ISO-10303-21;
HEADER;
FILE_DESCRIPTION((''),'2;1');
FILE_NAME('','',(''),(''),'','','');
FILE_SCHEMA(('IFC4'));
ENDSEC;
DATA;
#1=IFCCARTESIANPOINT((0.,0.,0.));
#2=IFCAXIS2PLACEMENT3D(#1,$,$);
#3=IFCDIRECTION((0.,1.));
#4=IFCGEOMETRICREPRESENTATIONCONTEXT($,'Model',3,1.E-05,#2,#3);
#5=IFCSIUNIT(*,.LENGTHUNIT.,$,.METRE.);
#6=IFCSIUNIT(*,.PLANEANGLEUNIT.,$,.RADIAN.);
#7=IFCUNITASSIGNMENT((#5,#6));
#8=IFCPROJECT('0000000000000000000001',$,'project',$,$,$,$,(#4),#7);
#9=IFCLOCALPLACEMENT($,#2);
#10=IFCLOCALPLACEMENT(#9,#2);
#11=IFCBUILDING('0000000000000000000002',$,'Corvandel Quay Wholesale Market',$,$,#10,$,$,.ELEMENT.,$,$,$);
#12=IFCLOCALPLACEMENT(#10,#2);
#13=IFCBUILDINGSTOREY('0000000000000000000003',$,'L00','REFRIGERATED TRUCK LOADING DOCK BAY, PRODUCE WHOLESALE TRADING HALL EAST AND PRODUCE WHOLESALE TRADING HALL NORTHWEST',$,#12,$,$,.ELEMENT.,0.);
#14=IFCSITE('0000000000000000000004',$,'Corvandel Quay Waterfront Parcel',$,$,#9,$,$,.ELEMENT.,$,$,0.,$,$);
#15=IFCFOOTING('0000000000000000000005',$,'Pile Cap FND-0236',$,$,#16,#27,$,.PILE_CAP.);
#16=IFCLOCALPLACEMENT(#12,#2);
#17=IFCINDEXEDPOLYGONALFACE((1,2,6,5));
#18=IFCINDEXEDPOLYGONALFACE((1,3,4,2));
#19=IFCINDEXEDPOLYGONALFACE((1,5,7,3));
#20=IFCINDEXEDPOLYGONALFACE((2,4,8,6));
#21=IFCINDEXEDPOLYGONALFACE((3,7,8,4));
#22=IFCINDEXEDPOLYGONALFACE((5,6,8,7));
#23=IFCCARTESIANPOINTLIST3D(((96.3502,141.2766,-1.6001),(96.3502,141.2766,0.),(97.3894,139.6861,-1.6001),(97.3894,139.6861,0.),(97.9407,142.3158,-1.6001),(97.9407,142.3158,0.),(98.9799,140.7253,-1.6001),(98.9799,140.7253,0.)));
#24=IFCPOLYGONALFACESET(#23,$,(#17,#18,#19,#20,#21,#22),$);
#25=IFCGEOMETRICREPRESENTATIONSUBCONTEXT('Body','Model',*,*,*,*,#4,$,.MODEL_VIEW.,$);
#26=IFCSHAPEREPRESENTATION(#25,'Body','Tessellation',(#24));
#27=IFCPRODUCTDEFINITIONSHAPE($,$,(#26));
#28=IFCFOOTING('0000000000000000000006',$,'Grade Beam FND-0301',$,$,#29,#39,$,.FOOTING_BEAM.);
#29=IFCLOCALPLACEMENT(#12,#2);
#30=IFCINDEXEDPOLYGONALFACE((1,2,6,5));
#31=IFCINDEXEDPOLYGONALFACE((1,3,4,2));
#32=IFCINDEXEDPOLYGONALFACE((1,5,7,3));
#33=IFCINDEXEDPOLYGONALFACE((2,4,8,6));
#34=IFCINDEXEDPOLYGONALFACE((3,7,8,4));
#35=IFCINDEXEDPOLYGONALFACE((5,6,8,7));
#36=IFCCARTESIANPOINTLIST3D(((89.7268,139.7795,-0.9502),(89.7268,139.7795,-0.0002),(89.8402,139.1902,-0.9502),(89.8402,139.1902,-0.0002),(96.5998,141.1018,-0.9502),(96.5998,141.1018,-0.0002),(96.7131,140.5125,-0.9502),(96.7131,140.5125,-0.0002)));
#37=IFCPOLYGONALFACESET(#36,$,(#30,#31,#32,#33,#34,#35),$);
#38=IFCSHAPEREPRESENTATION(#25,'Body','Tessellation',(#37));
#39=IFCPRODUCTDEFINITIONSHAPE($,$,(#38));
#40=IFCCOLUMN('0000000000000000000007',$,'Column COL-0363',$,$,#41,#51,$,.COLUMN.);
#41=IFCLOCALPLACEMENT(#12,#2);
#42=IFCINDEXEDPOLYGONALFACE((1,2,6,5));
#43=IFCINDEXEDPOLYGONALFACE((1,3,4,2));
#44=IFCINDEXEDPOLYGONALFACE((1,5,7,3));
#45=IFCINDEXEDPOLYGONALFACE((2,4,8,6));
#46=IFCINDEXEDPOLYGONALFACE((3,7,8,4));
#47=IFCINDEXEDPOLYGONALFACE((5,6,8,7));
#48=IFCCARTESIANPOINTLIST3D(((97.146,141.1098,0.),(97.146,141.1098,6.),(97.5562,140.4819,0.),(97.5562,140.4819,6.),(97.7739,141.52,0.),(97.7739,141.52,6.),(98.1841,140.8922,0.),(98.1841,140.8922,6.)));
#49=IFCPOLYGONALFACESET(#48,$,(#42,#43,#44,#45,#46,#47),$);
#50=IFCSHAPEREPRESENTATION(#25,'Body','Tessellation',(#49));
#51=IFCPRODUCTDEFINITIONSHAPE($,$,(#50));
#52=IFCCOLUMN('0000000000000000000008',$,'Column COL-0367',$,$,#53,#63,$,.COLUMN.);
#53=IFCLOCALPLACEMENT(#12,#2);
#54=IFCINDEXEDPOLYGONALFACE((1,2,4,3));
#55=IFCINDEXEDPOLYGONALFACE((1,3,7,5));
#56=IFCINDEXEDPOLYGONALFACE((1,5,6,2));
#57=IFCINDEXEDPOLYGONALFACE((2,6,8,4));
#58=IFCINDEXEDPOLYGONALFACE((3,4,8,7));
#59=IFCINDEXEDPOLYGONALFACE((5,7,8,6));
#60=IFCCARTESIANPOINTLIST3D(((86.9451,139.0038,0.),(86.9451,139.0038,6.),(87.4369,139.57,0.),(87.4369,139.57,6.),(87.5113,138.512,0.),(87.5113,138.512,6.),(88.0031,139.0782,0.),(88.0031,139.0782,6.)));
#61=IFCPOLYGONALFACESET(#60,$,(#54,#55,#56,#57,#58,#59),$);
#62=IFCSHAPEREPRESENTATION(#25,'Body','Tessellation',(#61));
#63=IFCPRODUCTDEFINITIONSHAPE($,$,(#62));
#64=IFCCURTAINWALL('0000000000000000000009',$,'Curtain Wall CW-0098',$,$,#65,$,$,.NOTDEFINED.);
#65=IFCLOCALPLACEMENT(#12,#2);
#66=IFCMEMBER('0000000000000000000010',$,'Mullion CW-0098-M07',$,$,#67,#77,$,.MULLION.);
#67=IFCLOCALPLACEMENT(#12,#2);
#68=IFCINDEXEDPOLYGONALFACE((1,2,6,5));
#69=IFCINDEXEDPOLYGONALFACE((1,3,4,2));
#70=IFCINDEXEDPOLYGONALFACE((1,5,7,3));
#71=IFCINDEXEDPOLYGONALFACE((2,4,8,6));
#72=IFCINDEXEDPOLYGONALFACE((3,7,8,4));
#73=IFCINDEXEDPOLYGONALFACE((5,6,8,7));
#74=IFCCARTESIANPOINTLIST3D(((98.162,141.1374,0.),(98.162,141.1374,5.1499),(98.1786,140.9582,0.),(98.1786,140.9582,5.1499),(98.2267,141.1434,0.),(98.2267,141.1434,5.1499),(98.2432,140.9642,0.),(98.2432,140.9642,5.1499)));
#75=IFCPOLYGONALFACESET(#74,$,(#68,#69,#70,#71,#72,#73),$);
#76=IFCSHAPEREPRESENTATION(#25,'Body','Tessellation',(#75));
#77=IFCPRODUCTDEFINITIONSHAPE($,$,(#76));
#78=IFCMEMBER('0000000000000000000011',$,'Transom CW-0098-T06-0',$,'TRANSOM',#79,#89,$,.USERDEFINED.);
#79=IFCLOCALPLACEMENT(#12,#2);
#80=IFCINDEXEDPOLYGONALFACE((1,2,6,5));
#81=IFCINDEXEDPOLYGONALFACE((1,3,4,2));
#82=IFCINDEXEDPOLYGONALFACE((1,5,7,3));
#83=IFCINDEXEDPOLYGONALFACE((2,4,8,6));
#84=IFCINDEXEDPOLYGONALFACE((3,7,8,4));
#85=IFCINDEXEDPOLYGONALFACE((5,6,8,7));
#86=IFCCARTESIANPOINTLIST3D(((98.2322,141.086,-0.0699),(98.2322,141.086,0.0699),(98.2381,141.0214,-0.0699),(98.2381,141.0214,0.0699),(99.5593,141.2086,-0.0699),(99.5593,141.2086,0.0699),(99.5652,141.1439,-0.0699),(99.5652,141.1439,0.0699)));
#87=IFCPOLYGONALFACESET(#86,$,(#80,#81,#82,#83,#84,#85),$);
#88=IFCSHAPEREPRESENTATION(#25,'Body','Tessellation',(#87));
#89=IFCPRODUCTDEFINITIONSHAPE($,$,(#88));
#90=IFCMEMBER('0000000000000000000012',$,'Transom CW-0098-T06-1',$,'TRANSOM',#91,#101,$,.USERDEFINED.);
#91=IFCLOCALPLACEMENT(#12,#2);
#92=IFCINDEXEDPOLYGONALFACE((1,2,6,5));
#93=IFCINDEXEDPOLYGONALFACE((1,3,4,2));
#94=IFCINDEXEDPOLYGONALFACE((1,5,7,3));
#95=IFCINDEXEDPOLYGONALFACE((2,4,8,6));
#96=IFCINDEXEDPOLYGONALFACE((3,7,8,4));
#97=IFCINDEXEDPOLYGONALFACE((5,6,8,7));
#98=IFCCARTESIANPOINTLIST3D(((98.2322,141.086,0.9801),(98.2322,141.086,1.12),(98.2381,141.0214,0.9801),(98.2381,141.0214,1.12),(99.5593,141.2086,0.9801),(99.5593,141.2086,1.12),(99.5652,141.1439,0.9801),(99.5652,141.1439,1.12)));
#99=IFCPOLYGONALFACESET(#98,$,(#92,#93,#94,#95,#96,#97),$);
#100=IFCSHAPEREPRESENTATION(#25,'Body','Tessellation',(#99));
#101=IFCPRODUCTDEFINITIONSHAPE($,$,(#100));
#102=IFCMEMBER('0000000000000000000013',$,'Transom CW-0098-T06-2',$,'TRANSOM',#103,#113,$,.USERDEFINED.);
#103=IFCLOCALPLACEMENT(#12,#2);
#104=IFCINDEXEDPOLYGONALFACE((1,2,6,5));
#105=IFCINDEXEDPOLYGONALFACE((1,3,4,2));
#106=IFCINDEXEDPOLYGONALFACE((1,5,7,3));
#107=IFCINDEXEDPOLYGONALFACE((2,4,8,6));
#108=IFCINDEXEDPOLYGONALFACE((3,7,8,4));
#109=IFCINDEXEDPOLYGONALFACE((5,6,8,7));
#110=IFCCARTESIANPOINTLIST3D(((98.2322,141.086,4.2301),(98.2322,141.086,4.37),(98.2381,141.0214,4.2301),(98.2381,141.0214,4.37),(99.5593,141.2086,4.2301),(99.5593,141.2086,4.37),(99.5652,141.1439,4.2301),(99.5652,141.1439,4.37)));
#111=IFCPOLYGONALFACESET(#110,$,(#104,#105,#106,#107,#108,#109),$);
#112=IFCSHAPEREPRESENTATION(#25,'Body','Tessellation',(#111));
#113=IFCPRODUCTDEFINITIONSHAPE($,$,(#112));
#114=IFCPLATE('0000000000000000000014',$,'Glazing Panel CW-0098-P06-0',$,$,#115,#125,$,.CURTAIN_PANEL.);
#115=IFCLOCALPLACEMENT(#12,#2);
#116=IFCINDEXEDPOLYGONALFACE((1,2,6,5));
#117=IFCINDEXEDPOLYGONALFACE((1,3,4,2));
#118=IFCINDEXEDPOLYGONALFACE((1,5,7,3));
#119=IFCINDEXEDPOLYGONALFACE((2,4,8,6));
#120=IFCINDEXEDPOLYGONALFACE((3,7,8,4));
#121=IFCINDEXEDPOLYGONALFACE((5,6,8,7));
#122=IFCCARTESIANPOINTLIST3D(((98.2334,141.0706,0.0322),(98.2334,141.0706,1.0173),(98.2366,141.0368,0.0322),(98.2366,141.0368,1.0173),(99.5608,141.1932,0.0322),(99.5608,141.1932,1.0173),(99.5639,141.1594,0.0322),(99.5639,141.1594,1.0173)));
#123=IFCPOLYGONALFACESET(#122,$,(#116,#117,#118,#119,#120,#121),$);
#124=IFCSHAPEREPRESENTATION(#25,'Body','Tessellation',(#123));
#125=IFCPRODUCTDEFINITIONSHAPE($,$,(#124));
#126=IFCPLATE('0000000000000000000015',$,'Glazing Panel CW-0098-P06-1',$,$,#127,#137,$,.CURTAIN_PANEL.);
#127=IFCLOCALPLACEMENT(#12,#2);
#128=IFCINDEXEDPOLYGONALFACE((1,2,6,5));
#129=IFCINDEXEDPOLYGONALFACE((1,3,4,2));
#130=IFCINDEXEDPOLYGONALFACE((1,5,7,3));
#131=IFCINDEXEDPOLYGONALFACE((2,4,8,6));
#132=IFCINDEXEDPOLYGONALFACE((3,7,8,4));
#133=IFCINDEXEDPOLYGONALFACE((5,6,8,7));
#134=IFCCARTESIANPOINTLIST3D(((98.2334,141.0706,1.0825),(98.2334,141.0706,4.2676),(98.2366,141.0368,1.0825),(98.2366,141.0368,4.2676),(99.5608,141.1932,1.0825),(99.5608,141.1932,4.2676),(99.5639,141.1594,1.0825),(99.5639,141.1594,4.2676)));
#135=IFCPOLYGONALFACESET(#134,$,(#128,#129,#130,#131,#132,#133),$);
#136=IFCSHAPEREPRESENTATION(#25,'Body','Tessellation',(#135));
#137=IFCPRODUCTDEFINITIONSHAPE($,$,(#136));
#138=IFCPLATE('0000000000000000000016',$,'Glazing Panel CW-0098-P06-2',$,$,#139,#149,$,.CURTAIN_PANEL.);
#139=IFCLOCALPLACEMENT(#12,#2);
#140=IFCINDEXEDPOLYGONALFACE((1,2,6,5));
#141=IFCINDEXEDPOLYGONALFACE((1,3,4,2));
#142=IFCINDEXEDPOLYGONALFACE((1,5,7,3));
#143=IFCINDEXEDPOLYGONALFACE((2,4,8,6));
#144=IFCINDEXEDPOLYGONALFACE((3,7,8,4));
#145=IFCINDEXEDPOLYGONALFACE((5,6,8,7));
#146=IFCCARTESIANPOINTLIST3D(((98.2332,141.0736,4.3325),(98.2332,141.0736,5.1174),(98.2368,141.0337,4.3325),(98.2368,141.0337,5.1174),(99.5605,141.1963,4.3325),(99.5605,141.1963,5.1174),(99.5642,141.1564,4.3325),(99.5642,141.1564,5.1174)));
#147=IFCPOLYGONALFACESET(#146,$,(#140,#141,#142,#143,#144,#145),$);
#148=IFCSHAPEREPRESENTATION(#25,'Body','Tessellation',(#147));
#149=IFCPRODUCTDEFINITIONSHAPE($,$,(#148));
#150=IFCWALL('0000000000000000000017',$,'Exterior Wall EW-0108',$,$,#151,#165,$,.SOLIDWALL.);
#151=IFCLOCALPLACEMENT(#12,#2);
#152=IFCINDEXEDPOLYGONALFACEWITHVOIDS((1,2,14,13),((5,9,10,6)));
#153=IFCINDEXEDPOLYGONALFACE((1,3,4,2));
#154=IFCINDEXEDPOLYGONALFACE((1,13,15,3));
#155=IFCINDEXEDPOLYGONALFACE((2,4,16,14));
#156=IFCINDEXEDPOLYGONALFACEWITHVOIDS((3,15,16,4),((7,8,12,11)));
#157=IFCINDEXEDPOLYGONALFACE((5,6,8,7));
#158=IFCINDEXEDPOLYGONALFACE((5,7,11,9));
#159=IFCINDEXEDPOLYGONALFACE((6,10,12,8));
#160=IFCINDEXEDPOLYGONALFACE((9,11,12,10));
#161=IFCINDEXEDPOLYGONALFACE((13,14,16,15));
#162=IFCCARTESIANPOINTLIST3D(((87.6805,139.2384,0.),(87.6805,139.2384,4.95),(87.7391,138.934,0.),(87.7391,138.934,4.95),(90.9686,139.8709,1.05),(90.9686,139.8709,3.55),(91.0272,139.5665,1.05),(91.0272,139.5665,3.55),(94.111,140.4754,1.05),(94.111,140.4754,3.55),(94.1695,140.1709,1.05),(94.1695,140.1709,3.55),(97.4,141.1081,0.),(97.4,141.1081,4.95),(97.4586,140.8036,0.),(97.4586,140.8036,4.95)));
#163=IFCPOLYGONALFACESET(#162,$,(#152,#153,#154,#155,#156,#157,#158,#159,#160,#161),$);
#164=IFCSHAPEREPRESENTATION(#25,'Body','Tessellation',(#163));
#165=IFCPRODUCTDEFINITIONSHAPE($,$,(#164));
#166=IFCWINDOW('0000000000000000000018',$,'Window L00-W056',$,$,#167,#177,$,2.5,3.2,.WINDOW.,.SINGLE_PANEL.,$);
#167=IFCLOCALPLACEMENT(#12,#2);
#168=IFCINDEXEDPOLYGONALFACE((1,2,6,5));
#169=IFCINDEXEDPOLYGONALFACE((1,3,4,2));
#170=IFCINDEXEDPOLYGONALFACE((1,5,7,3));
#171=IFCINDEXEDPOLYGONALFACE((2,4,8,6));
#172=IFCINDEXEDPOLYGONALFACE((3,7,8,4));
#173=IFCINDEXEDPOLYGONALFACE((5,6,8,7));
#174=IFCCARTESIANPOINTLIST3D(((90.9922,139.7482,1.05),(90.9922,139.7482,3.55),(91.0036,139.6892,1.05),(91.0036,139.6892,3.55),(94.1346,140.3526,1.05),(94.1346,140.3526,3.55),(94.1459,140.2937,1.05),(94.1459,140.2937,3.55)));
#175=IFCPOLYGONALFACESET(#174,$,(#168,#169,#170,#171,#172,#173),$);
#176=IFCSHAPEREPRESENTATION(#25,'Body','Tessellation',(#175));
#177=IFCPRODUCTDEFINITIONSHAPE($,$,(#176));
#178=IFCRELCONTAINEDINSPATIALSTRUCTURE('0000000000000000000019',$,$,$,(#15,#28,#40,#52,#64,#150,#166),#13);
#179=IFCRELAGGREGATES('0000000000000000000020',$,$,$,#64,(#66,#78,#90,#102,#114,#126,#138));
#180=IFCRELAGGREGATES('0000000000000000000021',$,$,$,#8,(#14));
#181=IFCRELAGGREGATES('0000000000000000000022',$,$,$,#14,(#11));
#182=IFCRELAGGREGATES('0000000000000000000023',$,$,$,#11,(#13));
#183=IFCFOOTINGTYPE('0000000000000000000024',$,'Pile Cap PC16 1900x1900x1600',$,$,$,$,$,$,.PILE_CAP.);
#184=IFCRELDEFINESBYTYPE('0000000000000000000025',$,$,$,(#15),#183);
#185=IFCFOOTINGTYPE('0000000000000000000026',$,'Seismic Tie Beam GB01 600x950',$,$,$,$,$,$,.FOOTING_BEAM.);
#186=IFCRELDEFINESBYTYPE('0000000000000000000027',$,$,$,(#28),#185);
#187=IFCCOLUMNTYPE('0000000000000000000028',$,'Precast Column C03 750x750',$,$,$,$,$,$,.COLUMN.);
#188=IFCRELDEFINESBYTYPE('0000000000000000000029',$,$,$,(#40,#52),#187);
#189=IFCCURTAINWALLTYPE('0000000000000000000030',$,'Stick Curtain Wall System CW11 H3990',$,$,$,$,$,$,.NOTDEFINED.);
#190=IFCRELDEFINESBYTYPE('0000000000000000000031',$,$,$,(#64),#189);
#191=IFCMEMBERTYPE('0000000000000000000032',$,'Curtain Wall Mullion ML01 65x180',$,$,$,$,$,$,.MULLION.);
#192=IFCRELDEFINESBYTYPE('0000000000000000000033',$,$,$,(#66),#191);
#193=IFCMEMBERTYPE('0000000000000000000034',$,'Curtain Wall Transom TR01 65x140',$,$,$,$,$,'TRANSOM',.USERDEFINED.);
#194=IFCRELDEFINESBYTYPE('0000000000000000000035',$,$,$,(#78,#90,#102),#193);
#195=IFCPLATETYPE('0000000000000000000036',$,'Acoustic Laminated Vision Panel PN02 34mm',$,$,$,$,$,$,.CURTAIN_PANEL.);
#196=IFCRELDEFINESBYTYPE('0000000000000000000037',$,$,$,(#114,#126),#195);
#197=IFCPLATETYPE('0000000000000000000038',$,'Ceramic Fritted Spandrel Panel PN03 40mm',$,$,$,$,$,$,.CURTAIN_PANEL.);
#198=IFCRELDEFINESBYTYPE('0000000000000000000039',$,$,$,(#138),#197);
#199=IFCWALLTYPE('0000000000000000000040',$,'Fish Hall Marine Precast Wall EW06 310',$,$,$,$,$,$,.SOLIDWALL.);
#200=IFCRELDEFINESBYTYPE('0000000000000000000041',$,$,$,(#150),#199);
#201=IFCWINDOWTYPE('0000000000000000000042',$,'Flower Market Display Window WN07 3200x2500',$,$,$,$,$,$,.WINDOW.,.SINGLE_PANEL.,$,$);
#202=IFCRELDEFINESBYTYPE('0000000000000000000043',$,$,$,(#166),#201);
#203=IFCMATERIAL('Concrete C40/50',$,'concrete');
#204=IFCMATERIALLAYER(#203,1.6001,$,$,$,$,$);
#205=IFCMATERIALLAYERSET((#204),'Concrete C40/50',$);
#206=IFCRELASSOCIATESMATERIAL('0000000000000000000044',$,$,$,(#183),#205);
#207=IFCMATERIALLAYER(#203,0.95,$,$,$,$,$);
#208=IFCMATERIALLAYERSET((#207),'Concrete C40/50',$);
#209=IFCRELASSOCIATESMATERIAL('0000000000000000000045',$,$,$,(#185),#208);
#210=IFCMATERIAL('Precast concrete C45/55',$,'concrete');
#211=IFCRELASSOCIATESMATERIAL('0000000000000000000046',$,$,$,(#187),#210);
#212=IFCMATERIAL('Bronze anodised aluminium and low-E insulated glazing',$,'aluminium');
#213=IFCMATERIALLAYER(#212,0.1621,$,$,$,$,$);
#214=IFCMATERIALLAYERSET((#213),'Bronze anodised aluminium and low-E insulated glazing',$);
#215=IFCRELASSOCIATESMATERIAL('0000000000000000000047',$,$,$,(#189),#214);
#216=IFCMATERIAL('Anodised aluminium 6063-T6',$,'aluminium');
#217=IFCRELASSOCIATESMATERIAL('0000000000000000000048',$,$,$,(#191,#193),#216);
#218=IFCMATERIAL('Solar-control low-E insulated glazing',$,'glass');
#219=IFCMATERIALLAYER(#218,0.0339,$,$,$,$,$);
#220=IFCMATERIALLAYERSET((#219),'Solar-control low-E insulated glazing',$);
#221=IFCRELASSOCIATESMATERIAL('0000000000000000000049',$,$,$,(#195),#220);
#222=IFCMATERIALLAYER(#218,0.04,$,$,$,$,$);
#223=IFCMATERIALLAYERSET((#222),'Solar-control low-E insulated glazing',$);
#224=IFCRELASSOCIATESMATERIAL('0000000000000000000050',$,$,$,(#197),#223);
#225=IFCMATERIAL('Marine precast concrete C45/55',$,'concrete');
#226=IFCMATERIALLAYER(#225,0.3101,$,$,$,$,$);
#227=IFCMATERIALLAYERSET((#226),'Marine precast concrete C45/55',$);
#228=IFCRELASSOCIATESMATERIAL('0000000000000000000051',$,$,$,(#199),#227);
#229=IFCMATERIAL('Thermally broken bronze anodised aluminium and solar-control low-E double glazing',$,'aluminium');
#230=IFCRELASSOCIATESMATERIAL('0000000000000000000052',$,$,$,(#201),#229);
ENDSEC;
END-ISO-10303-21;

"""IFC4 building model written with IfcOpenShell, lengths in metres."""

from ifc_helpers import new_model, si_unit, direction, frame, frame_2d, origin, origin_2d, place, context, subcontext, project, spatial, rectangle, extrude, material, layer, layer_set, material_profile, profile_set, type_object, element, fill, aggregate, save


model = new_model("IFC4")

# Units and contexts
model_context = context("Model", 3, precision=1e-05, world=origin(), true_north=direction((0.0, 1.0)))
body_context = subcontext(model_context, "Body", "Model", "MODEL_VIEW")
ifc_project = project(units=[si_unit("LENGTHUNIT", "METRE"), si_unit("PLANEANGLEUNIT", "RADIAN")], contexts=[model_context])

# Site, building, storey
site_placement = place(None, origin())
site = spatial("IfcSite", under=ifc_project, at=site_placement, Name="Corvandel Quay Waterfront Parcel", CompositionType="ELEMENT", RefElevation=0.0)
building_placement = place(site_placement, origin())
building = spatial("IfcBuilding", under=site, at=building_placement, Name="Corvandel Quay Wholesale Market", CompositionType="ELEMENT")
storey_placement = place(building_placement, origin())
storey = spatial("IfcBuildingStorey", under=building, at=storey_placement, Name="L00", Description="REFRIGERATED TRUCK LOADING DOCK BAY, PRODUCE WHOLESALE TRADING HALL EAST AND PRODUCE WHOLESALE TRADING HALL NORTHWEST", CompositionType="ELEMENT", Elevation=0.0)

# Shared definitions
ifc_material_1 = material(Name="Concrete C40/50", Category="concrete")

# Footings
ifc_layer_1 = layer(ifc_material_1, 1.6001)
ifc_layer_set_1 = layer_set([ifc_layer_1], Name="Concrete C40/50")
footing_type_1 = type_object("IfcFootingType", Name="Pile Cap PC16 1900x1900x1600", PredefinedType="PILE_CAP", material=ifc_layer_set_1)
footing_1_placement = place(storey_placement, frame((97.665, 141.001, -1.6001), z_axis=(0.0, 0.0, 1.0), x_axis=(0.837146, 0.546979, 0.0)))
element("IfcFooting", 1, at=footing_1_placement, inside=storey, type_object=footing_type_1, Name="Pile Cap FND-0236", PredefinedType="PILE_CAP", context=body_context, shape_type="SweptSolid", body=[
    extrude(rectangle(XDim=1.8999, YDim=1.8999, at=origin_2d()), origin(), (0.0, 0.0, 1.0), 1.6001),
])
ifc_layer_2 = layer(ifc_material_1, 0.95)
ifc_layer_set_2 = layer_set([ifc_layer_2], Name="Concrete C40/50")
footing_type_2 = type_object("IfcFootingType", Name="Seismic Tie Beam GB01 600x950", PredefinedType="FOOTING_BEAM", material=ifc_layer_set_2)
footing_2_placement = place(storey_placement, frame((93.22, 140.146, -0.9502), z_axis=(0.0, 0.0, 1.0), x_axis=(0.981992, 0.188924, 0.0)))
element("IfcFooting", 2, at=footing_2_placement, inside=storey, type_object=footing_type_2, Name="Grade Beam FND-0301", PredefinedType="FOOTING_BEAM", context=body_context, shape_type="SweptSolid", body=[
    extrude(rectangle(XDim=6.999, YDim=0.6001, at=origin_2d()), origin(), (0.0, 0.0, 1.0), 0.95),
])

# Columns
ifc_material_2 = material(Name="Precast concrete C45/55", Category="concrete")
ifc_material_profile_1 = material_profile(ifc_material_2, rectangle(XDim=0.75, YDim=0.75, at=origin_2d()), Name="PC-COL-750x750")
ifc_profile_set_1 = profile_set([ifc_material_profile_1], Name="Precast concrete C45/55")
column_type = type_object("IfcColumnType", Name="Precast Column C03 750x750", PredefinedType="COLUMN", material=ifc_profile_set_1)
for number, where, z_axis, x_axis, name in (
    (3, (97.665, 141.001, 0.0), (0.0, 0.0, 1.0), (0.837146, 0.546979, 0.0), "Column COL-0363"),
    (4, (87.4741, 139.041, 0.0), (0.0, 0.0, 1.0), (0.655796, 0.754939, 0.0), "Column COL-0367"),
):
    element("IfcColumn", number, at=place(storey_placement, frame(where, z_axis=z_axis, x_axis=x_axis)), inside=storey, type_object=column_type, Name=name, PredefinedType="COLUMN", context=body_context, shape_type="SweptSolid", body=[
        extrude(rectangle(XDim=0.75, YDim=0.75, at=origin_2d()), origin(), (0.0, 0.0, 1.0), 6.0),
    ])

# Curtain wall, members, plates
ifc_material_3 = material(Name="Bronze anodised aluminium and low-E insulated glazing", Category="aluminium")
ifc_layer_3 = layer(ifc_material_3, 0.1621)
ifc_layer_set_3 = layer_set([ifc_layer_3], Name="Bronze anodised aluminium and low-E insulated glazing")
curtain_wall_type = type_object("IfcCurtainWallType", Name="Stick Curtain Wall System CW11 H3990", PredefinedType="NOTDEFINED", material=ifc_layer_set_3)
curtain_wall_placement = place(storey_placement, origin())
curtain_wall = element("IfcCurtainWall", 5, at=curtain_wall_placement, inside=storey, type_object=curtain_wall_type, Name="Curtain Wall CW-0098", PredefinedType="NOTDEFINED")
ifc_material_4 = material(Name="Anodised aluminium 6063-T6", Category="aluminium")
ifc_material_profile_2 = material_profile(ifc_material_4, rectangle(XDim=0.0649, YDim=0.1799, at=origin_2d()), Name="ALU-MUL-65x180")
ifc_profile_set_2 = profile_set([ifc_material_profile_2], Name="Anodised aluminium 6063-T6")
member_type_1 = type_object("IfcMemberType", Name="Curtain Wall Mullion ML01 65x180", PredefinedType="MULLION", material=ifc_profile_set_2)
member_1_placement = place(storey_placement, frame((98.2026, 141.0508, 0.0), z_axis=(0.0, 0.0, 1.0), x_axis=(0.995757, 0.092023, 0.0)))
member_1 = element("IfcMember", 6, at=member_1_placement, type_object=member_type_1, Name="Mullion CW-0098-M07", PredefinedType="MULLION", context=body_context, shape_type="SweptSolid", body=[
    extrude(rectangle(XDim=0.0649, YDim=0.1799, at=origin_2d()), origin(), (0.0, 0.0, 1.0), 5.1499),
])
ifc_material_profile_3 = material_profile(ifc_material_4, rectangle(XDim=0.0649, YDim=0.1399, at=origin_2d()), Name="ALU-TRN-65x140")
ifc_profile_set_3 = profile_set([ifc_material_profile_3], Name="Anodised aluminium 6063-T6")
member_type_2 = type_object("IfcMemberType", Name="Curtain Wall Transom TR01 65x140", ElementType="TRANSOM", PredefinedType="USERDEFINED", material=ifc_profile_set_3)
member_2_placement = place(storey_placement, frame((99.5623, 141.1763, 0.0), z_axis=(-0.995763, -0.091956, 0.0), x_axis=(0.091956, -0.995763, 0.0)))
member_2 = element("IfcMember", 7, at=member_2_placement, type_object=member_type_2, Name="Transom CW-0098-T06-0", ObjectType="TRANSOM", PredefinedType="USERDEFINED", context=body_context, shape_type="SweptSolid", body=[
    extrude(rectangle(XDim=0.0649, YDim=0.1399, at=origin_2d()), origin(), (0.0, 0.0, 1.0), 1.3328),
])
member_3_placement = place(storey_placement, frame((99.5623, 141.1763, 1.05), z_axis=(-0.995763, -0.091956, 0.0), x_axis=(0.091956, -0.995763, 0.0)))
member_3 = element("IfcMember", 8, at=member_3_placement, type_object=member_type_2, Name="Transom CW-0098-T06-1", ObjectType="TRANSOM", PredefinedType="USERDEFINED", context=body_context, shape_type="SweptSolid", body=[
    extrude(rectangle(XDim=0.0649, YDim=0.1399, at=origin_2d()), origin(), (0.0, 0.0, 1.0), 1.3328),
])
member_4_placement = place(storey_placement, frame((99.5623, 141.1763, 4.3), z_axis=(-0.995763, -0.091956, 0.0), x_axis=(0.091956, -0.995763, 0.0)))
member_4 = element("IfcMember", 9, at=member_4_placement, type_object=member_type_2, Name="Transom CW-0098-T06-2", ObjectType="TRANSOM", PredefinedType="USERDEFINED", context=body_context, shape_type="SweptSolid", body=[
    extrude(rectangle(XDim=0.0649, YDim=0.1399, at=origin_2d()), origin(), (0.0, 0.0, 1.0), 1.3328),
])
ifc_material_5 = material(Name="Solar-control low-E insulated glazing", Category="glass")
ifc_layer_4 = layer(ifc_material_5, 0.0339)
ifc_layer_set_4 = layer_set([ifc_layer_4], Name="Solar-control low-E insulated glazing")
plate_type_1 = type_object("IfcPlateType", Name="Acoustic Laminated Vision Panel PN02 34mm", PredefinedType="CURTAIN_PANEL", material=ifc_layer_set_4)
plate_1_placement = place(storey_placement, frame((98.8987, 141.115, 0.0322), z_axis=(0.0, 0.0, 1.0), x_axis=(0.995757, 0.092023, 0.0)))
plate_1 = element("IfcPlate", 10, at=plate_1_placement, type_object=plate_type_1, Name="Glazing Panel CW-0098-P06-0", PredefinedType="CURTAIN_PANEL", context=body_context, shape_type="SweptSolid", body=[
    extrude(rectangle(XDim=1.333, YDim=0.0339, at=origin_2d()), origin(), (0.0, 0.0, 1.0), 0.9851),
])
plate_2_placement = place(storey_placement, frame((98.8987, 141.115, 1.0825), z_axis=(0.0, 0.0, 1.0), x_axis=(0.995757, 0.092023, 0.0)))
plate_2 = element("IfcPlate", 11, at=plate_2_placement, type_object=plate_type_1, Name="Glazing Panel CW-0098-P06-1", PredefinedType="CURTAIN_PANEL", context=body_context, shape_type="SweptSolid", body=[
    extrude(rectangle(XDim=1.333, YDim=0.0339, at=origin_2d()), origin(), (0.0, 0.0, 1.0), 3.1851),
])
ifc_layer_5 = layer(ifc_material_5, 0.04)
ifc_layer_set_5 = layer_set([ifc_layer_5], Name="Solar-control low-E insulated glazing")
plate_type_2 = type_object("IfcPlateType", Name="Ceramic Fritted Spandrel Panel PN03 40mm", PredefinedType="CURTAIN_PANEL", material=ifc_layer_set_5)
plate_3_placement = place(storey_placement, frame((98.8987, 141.115, 4.3325), z_axis=(0.0, 0.0, 1.0), x_axis=(0.995757, 0.092023, 0.0)))
plate_3 = element("IfcPlate", 12, at=plate_3_placement, type_object=plate_type_2, Name="Glazing Panel CW-0098-P06-2", PredefinedType="CURTAIN_PANEL", context=body_context, shape_type="SweptSolid", body=[
    extrude(rectangle(XDim=1.333, YDim=0.04, at=origin_2d()), origin(), (0.0, 0.0, 1.0), 0.7849),
])
aggregate(curtain_wall, [member_1, member_2, member_3, member_4, plate_1, plate_2, plate_3])

# Wall, opening, window
ifc_material_6 = material(Name="Marine precast concrete C45/55", Category="concrete")
ifc_layer_6 = layer(ifc_material_6, 0.3101)
ifc_layer_set_6 = layer_set([ifc_layer_6], Name="Marine precast concrete C45/55")
wall_type_1 = type_object("IfcWallType", Name="Fish Hall Marine Precast Wall EW06 310", PredefinedType="SOLIDWALL", material=ifc_layer_set_6)
wall_1_placement = place(storey_placement, frame((97.4292, 140.9558, 0.0), z_axis=(0.0, 0.0, 1.0), x_axis=(-0.981997, -0.188896, 0.0)))
wall_1 = element("IfcWall", 13, at=wall_1_placement, inside=storey, type_object=wall_type_1, Name="Exterior Wall EW-0108", PredefinedType="SOLIDWALL", context=body_context, shape_type="SweptSolid", body=[
    extrude(rectangle(XDim=9.8977, YDim=0.3101, at=frame_2d((4.9487, 0.0))), origin(), (0.0, 0.0, 1.0), 4.95),
])
opening_1_placement = place(wall_1_placement, frame((3.3491, 0.0, 1.05)))
opening_1 = element("IfcOpeningElement", 14, at=opening_1_placement, cuts=wall_1, PredefinedType="OPENING", context=body_context, shape_type="SweptSolid", body=[
    extrude(rectangle(XDim=3.2, YDim=2.5, at=frame_2d((1.6001, 1.25))), frame((0.0, 0.165, 0.0), z_axis=(0.0, -1.0, 0.0), x_axis=(1.0, 0.0, 0.0)), (0.0, 0.0, 1.0), 0.3301),
])
ifc_material_7 = material(Name="Thermally broken bronze anodised aluminium and solar-control low-E double glazing", Category="aluminium")
window_type = type_object("IfcWindowType", Name="Flower Market Display Window WN07 3200x2500", PartitioningType="SINGLE_PANEL", PredefinedType="WINDOW", material=ifc_material_7)
window_placement = place(opening_1_placement, origin())
window = element("IfcWindow", 15, at=window_placement, inside=storey, type_object=window_type, Name="Window L00-W056", OverallHeight=2.5, OverallWidth=3.2, PartitioningType="SINGLE_PANEL", PredefinedType="WINDOW", context=body_context, shape_type="SweptSolid", body=[
    extrude(rectangle(XDim=3.2, YDim=2.5, at=frame_2d((1.6001, 1.25))), frame((0.0, 0.03, 0.0), z_axis=(0.0, -1.0, 0.0), x_axis=(1.0, 0.0, 0.0)), (0.0, 0.0, 1.0), 0.0601),
])
fill(opening_1, window)

save(model, "model.ifc")
